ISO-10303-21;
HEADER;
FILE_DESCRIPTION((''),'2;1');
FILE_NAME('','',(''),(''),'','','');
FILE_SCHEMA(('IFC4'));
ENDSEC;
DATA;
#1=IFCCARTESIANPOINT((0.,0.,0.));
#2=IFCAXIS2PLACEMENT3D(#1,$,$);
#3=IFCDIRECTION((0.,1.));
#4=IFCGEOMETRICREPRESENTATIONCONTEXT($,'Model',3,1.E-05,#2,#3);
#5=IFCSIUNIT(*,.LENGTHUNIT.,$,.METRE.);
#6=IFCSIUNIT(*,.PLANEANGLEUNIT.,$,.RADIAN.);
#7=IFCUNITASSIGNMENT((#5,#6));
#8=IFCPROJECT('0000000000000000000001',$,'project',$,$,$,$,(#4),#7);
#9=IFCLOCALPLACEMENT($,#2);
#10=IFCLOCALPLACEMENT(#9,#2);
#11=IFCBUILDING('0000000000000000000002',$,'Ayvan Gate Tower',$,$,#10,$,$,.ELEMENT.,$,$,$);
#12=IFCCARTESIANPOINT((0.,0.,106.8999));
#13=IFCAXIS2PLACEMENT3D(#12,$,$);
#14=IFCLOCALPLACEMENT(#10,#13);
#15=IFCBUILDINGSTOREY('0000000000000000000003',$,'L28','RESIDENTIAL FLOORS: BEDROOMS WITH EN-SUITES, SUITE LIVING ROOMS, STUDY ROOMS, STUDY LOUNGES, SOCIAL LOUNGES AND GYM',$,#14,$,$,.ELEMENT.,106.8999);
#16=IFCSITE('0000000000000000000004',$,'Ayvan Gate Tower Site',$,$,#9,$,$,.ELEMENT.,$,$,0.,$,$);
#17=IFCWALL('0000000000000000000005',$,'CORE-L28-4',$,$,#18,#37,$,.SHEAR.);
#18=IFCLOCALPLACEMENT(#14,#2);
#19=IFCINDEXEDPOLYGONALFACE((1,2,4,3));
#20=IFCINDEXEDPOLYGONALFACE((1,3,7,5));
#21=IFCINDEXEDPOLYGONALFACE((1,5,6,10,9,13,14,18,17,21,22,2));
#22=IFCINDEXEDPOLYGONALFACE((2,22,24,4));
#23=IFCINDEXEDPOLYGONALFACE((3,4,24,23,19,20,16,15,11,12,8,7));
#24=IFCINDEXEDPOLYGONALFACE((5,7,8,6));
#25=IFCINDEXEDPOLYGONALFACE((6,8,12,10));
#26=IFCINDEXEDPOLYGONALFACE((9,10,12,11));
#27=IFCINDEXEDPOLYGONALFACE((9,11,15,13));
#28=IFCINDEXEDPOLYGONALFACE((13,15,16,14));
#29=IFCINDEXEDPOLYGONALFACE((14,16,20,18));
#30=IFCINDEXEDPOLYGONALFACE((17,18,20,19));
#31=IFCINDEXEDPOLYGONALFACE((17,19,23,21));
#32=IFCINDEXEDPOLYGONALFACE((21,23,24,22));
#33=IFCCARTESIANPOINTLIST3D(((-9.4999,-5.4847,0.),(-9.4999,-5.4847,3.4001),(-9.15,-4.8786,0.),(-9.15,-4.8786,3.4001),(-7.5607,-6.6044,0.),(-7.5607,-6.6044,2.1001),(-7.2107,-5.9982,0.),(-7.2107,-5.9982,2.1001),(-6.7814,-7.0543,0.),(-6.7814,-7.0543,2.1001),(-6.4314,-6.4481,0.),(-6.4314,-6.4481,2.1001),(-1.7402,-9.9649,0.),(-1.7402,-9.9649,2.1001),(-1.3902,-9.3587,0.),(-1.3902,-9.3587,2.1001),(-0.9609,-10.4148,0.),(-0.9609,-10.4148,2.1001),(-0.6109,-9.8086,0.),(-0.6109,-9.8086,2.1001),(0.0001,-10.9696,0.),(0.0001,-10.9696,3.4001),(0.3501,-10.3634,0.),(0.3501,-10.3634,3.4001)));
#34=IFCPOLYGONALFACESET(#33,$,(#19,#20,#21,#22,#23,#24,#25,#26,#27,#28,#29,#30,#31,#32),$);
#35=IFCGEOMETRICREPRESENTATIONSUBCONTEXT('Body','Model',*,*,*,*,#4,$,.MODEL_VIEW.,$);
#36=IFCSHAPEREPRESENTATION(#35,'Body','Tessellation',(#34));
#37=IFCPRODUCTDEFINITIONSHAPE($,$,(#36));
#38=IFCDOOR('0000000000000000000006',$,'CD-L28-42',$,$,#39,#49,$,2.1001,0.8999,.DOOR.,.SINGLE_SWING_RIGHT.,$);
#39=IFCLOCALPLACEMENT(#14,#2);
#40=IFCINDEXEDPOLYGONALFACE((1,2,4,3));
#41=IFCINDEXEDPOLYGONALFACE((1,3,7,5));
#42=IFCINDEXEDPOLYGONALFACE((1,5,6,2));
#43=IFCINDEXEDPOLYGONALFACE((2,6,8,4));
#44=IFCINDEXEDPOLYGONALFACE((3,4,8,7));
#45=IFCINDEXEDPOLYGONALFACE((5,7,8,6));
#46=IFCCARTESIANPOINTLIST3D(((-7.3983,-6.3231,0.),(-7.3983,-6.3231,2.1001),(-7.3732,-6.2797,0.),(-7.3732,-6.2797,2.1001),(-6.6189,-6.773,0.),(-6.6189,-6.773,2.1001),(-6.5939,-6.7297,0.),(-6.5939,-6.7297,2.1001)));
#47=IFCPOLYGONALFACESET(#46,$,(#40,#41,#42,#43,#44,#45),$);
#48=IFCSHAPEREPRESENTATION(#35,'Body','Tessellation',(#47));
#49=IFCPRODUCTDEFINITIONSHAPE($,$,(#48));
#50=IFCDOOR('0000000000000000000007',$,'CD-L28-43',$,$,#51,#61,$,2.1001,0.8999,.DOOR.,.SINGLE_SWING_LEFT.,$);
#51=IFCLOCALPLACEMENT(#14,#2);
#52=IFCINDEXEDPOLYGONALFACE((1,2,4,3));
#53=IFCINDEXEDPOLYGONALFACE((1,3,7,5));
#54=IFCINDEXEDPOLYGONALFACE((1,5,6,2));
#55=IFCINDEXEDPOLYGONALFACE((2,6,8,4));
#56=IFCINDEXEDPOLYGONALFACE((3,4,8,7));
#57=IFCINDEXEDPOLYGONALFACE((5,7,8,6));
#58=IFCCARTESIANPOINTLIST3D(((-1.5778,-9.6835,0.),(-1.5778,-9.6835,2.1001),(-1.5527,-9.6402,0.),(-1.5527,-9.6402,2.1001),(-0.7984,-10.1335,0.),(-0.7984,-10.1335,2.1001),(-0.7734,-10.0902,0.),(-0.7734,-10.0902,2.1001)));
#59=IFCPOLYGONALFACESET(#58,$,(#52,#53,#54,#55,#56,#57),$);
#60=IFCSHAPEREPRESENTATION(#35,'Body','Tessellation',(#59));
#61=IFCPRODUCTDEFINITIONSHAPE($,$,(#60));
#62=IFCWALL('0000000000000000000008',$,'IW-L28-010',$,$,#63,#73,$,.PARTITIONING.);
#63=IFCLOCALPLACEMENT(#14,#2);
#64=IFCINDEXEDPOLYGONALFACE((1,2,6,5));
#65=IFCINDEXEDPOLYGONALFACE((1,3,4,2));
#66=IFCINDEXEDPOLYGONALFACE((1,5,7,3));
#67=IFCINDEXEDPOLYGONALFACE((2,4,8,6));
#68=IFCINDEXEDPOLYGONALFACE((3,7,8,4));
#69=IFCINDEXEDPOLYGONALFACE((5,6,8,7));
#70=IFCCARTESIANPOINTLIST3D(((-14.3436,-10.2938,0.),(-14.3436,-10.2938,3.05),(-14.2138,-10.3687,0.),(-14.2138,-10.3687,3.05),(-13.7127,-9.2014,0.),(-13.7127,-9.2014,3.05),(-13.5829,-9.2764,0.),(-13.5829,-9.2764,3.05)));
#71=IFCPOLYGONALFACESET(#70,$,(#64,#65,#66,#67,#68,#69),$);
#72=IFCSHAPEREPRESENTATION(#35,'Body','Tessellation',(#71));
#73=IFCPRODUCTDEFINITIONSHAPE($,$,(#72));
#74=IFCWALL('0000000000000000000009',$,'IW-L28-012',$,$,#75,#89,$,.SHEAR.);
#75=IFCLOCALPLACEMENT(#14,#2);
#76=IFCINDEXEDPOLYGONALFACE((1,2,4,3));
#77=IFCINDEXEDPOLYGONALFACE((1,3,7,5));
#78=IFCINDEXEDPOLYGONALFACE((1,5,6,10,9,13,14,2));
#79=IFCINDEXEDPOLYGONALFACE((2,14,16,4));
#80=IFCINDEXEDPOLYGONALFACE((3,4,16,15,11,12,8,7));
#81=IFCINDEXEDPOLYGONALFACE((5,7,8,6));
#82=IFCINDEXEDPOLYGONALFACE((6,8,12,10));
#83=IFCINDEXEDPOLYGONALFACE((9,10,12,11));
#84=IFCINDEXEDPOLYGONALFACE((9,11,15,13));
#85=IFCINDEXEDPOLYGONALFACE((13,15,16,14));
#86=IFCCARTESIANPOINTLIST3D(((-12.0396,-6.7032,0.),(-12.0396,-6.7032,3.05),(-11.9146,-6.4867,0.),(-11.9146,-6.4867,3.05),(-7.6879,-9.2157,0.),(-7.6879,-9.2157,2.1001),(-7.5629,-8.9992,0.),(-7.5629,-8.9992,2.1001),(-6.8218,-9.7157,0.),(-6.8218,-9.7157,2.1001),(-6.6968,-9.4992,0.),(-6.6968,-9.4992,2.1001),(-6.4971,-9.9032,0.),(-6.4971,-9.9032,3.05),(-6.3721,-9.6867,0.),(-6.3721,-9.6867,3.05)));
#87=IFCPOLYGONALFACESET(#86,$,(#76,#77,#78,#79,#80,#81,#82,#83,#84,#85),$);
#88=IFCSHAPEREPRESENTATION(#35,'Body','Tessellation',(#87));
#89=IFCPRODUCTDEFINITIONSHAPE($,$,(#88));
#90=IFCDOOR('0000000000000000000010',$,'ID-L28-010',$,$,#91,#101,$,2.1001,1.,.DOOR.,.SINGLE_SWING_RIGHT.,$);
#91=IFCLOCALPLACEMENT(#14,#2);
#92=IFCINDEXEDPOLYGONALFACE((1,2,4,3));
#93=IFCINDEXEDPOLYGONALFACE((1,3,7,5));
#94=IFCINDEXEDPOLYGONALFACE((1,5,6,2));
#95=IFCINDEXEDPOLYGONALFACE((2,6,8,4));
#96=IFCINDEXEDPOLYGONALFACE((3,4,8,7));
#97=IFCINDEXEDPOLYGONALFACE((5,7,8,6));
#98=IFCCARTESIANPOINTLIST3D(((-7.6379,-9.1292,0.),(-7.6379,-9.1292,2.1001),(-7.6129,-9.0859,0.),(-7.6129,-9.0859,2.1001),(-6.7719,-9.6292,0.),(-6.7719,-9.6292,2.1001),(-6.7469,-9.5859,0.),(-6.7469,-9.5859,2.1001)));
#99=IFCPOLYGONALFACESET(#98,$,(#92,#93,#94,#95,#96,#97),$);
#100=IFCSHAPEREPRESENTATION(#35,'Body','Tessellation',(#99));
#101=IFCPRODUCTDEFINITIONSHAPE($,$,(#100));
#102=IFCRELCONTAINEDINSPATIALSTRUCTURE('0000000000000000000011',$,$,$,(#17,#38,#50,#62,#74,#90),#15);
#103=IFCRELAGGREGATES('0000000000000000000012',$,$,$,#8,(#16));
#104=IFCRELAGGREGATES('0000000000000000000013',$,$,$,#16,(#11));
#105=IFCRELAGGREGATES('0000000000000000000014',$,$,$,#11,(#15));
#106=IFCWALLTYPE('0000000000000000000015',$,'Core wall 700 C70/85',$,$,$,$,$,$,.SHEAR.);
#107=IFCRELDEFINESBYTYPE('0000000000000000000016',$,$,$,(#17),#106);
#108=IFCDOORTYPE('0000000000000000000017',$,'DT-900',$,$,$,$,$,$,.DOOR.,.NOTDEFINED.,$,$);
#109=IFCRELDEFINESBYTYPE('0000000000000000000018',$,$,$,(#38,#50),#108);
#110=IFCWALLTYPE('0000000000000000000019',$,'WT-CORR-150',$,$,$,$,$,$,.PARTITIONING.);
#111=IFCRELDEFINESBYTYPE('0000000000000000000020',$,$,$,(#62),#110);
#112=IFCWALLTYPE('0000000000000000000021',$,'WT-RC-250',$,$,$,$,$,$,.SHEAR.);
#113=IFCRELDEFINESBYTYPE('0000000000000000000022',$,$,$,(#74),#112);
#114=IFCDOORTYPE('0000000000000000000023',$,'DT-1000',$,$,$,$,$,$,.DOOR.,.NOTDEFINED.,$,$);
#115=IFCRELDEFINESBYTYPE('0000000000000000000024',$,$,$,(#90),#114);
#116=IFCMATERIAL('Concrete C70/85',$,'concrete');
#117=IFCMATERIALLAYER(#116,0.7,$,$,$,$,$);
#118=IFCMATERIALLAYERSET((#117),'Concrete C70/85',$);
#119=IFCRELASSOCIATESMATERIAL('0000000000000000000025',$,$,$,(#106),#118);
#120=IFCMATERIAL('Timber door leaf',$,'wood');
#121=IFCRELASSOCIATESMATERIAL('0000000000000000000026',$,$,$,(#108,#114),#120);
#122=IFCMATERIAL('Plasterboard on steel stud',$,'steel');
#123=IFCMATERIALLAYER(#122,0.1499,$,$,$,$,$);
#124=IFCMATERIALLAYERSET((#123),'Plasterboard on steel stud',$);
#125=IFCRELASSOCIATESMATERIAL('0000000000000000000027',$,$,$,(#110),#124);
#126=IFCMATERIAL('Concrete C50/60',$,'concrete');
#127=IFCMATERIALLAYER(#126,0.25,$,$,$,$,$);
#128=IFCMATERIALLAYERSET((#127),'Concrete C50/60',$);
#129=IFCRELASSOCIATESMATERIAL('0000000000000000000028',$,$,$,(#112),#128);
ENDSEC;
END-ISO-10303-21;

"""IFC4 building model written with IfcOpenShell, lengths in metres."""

from ifc_helpers import new_model, si_unit, direction, frame, frame_2d, origin, place, context, subcontext, project, spatial, rectangle, extrude, material, layer, layer_set, type_object, element, fill, save


model = new_model("IFC4")

# Units and contexts
model_context = context("Model", 3, precision=1e-05, world=origin(), true_north=direction((0.0, 1.0)))
body_context = subcontext(model_context, "Body", "Model", "MODEL_VIEW")
ifc_project = project(units=[si_unit("LENGTHUNIT", "METRE"), si_unit("PLANEANGLEUNIT", "RADIAN")], contexts=[model_context])

# Site, building, storey
site_placement = place(None, origin())
site = spatial("IfcSite", under=ifc_project, at=site_placement, Name="Ayvan Gate Tower Site", CompositionType="ELEMENT", RefElevation=0.0)
building_placement = place(site_placement, origin())
building = spatial("IfcBuilding", under=site, at=building_placement, Name="Ayvan Gate Tower", CompositionType="ELEMENT")
storey_placement = place(building_placement, frame((0.0, 0.0, 106.8999)))
storey = spatial("IfcBuildingStorey", under=building, at=storey_placement, Name="L28", Description="RESIDENTIAL FLOORS: BEDROOMS WITH EN-SUITES, SUITE LIVING ROOMS, STUDY ROOMS, STUDY LOUNGES, SOCIAL LOUNGES AND GYM", CompositionType="ELEMENT", Elevation=106.8999)

# Wall, openings, doors
ifc_material_1 = material(Name="Concrete C70/85", Category="concrete")
ifc_layer_1 = layer(ifc_material_1, 0.7)
ifc_layer_set_1 = layer_set([ifc_layer_1], Name="Concrete C70/85")
wall_type_1 = type_object("IfcWallType", Name="Core wall 700 C70/85", PredefinedType="SHEAR", material=ifc_layer_set_1)
wall_1_placement = place(storey_placement, frame((-9.325, -5.1816, 0.0), z_axis=(0.0, 0.0, 1.0), x_axis=(0.866024, -0.500002, 0.0)))
wall_1 = element("IfcWall", 1, at=wall_1_placement, inside=storey, type_object=wall_type_1, Name="CORE-L28-4", PredefinedType="SHEAR", context=body_context, shape_type="SweptSolid", body=[
    extrude(rectangle(XDim=10.9697, YDim=0.7, at=frame_2d((5.4849, 0.0))), origin(), (0.0, 0.0, 1.0), 3.4001),
])
opening_1_placement = place(wall_1_placement, frame((2.2393, 0.0, 0.0)))
opening_1 = element("IfcOpeningElement", 2, at=opening_1_placement, cuts=wall_1, PredefinedType="OPENING", context=body_context, shape_type="SweptSolid", body=[
    extrude(rectangle(XDim=0.8999, YDim=2.1001, at=frame_2d((0.45, 1.05))), frame((0.0, 0.3599, 0.0), z_axis=(0.0, -1.0, 0.0), x_axis=(1.0, 0.0, 0.0)), (0.0, 0.0, 1.0), 0.72),
])
opening_2_placement = place(wall_1_placement, frame((8.9602, 0.0, 0.0)))
opening_2 = element("IfcOpeningElement", 3, at=opening_2_placement, cuts=wall_1, PredefinedType="OPENING", context=body_context, shape_type="SweptSolid", body=[
    extrude(rectangle(XDim=0.8999, YDim=2.1001, at=frame_2d((0.45, 1.05))), frame((0.0, 0.3599, 0.0), z_axis=(0.0, -1.0, 0.0), x_axis=(1.0, 0.0, 0.0)), (0.0, 0.0, 1.0), 0.72),
])
ifc_material_2 = material(Name="Timber door leaf", Category="wood")
door_type_1 = type_object("IfcDoorType", Name="DT-900", OperationType="NOTDEFINED", PredefinedType="DOOR", material=ifc_material_2)
door_1_placement = place(opening_1_placement, origin())
door_1 = element("IfcDoor", 4, at=door_1_placement, inside=storey, type_object=door_type_1, Name="CD-L28-42", OperationType="SINGLE_SWING_RIGHT", OverallHeight=2.1001, OverallWidth=0.8999, PredefinedType="DOOR", context=body_context, shape_type="SweptSolid", body=[
    extrude(rectangle(XDim=0.8999, YDim=2.1001, at=frame_2d((0.45, 1.05))), frame((0.0, 0.0249, 0.0), z_axis=(0.0, -1.0, 0.0), x_axis=(1.0, 0.0, 0.0)), (0.0, 0.0, 1.0), 0.05),
])
fill(opening_1, door_1)
door_2_placement = place(opening_2_placement, origin())
door_2 = element("IfcDoor", 5, at=door_2_placement, inside=storey, type_object=door_type_1, Name="CD-L28-43", OperationType="SINGLE_SWING_LEFT", OverallHeight=2.1001, OverallWidth=0.8999, PredefinedType="DOOR", context=body_context, shape_type="SweptSolid", body=[
    extrude(rectangle(XDim=0.8999, YDim=2.1001, at=frame_2d((0.45, 1.05))), frame((0.0, 0.0249, 0.0), z_axis=(0.0, -1.0, 0.0), x_axis=(1.0, 0.0, 0.0)), (0.0, 0.0, 1.0), 0.05),
])
fill(opening_2, door_2)

# Wall
ifc_material_3 = material(Name="Plasterboard on steel stud", Category="steel")
ifc_layer_2 = layer(ifc_material_3, 0.1499)
ifc_layer_set_2 = layer_set([ifc_layer_2], Name="Plasterboard on steel stud")
wall_type_2 = type_object("IfcWallType", Name="WT-CORR-150", PredefinedType="PARTITIONING", material=ifc_layer_set_2)
wall_2_placement = place(storey_placement, frame((-13.6477, -9.2388, 0.0), z_axis=(0.0, 0.0, 1.0), x_axis=(-0.500136, -0.865947, 0.0)))
element("IfcWall", 6, at=wall_2_placement, inside=storey, type_object=wall_type_2, Name="IW-L28-010", PredefinedType="PARTITIONING", context=body_context, shape_type="SweptSolid", body=[
    extrude(rectangle(XDim=1.2615, YDim=0.1499, at=frame_2d((0.6309, 0.0))), origin(), (0.0, 0.0, 1.0), 3.05),
])

# Wall, opening, door
ifc_material_4 = material(Name="Concrete C50/60", Category="concrete")
ifc_layer_3 = layer(ifc_material_4, 0.25)
ifc_layer_set_3 = layer_set([ifc_layer_3], Name="Concrete C50/60")
wall_type_3 = type_object("IfcWallType", Name="WT-RC-250", PredefinedType="SHEAR", material=ifc_layer_set_3)
wall_3_placement = place(storey_placement, frame((-11.9771, -6.595, 0.0), z_axis=(0.0, 0.0, 1.0), x_axis=(0.866025, -0.5, 0.0)))
wall_3 = element("IfcWall", 7, at=wall_3_placement, inside=storey, type_object=wall_type_3, Name="IW-L28-012", PredefinedType="SHEAR", context=body_context, shape_type="SweptSolid", body=[
    extrude(rectangle(XDim=6.3999, YDim=0.25, at=frame_2d((3.2, 0.0))), origin(), (0.0, 0.0, 1.0), 3.05),
])
opening_3_placement = place(wall_3_placement, frame((5.0249, 0.0, 0.0)))
opening_3 = element("IfcOpeningElement", 8, at=opening_3_placement, cuts=wall_3, PredefinedType="OPENING", context=body_context, shape_type="SweptSolid", body=[
    extrude(rectangle(XDim=1.0, YDim=2.1001, at=frame_2d((0.5, 1.05))), frame((0.0, 0.135, 0.0), z_axis=(0.0, -1.0, 0.0), x_axis=(1.0, 0.0, 0.0)), (0.0, 0.0, 1.0), 0.27),
])
door_type_2 = type_object("IfcDoorType", Name="DT-1000", OperationType="NOTDEFINED", PredefinedType="DOOR", material=ifc_material_2)
door_3_placement = place(opening_3_placement, origin())
door_3 = element("IfcDoor", 9, at=door_3_placement, inside=storey, type_object=door_type_2, Name="ID-L28-010", OperationType="SINGLE_SWING_RIGHT", OverallHeight=2.1001, OverallWidth=1.0, PredefinedType="DOOR", context=body_context, shape_type="SweptSolid", body=[
    extrude(rectangle(XDim=1.0, YDim=2.1001, at=frame_2d((0.5, 1.05))), frame((0.0, 0.0249, 0.0), z_axis=(0.0, -1.0, 0.0), x_axis=(1.0, 0.0, 0.0)), (0.0, 0.0, 1.0), 0.05),
])
fill(opening_3, door_3)

save(model, "model.ifc")
